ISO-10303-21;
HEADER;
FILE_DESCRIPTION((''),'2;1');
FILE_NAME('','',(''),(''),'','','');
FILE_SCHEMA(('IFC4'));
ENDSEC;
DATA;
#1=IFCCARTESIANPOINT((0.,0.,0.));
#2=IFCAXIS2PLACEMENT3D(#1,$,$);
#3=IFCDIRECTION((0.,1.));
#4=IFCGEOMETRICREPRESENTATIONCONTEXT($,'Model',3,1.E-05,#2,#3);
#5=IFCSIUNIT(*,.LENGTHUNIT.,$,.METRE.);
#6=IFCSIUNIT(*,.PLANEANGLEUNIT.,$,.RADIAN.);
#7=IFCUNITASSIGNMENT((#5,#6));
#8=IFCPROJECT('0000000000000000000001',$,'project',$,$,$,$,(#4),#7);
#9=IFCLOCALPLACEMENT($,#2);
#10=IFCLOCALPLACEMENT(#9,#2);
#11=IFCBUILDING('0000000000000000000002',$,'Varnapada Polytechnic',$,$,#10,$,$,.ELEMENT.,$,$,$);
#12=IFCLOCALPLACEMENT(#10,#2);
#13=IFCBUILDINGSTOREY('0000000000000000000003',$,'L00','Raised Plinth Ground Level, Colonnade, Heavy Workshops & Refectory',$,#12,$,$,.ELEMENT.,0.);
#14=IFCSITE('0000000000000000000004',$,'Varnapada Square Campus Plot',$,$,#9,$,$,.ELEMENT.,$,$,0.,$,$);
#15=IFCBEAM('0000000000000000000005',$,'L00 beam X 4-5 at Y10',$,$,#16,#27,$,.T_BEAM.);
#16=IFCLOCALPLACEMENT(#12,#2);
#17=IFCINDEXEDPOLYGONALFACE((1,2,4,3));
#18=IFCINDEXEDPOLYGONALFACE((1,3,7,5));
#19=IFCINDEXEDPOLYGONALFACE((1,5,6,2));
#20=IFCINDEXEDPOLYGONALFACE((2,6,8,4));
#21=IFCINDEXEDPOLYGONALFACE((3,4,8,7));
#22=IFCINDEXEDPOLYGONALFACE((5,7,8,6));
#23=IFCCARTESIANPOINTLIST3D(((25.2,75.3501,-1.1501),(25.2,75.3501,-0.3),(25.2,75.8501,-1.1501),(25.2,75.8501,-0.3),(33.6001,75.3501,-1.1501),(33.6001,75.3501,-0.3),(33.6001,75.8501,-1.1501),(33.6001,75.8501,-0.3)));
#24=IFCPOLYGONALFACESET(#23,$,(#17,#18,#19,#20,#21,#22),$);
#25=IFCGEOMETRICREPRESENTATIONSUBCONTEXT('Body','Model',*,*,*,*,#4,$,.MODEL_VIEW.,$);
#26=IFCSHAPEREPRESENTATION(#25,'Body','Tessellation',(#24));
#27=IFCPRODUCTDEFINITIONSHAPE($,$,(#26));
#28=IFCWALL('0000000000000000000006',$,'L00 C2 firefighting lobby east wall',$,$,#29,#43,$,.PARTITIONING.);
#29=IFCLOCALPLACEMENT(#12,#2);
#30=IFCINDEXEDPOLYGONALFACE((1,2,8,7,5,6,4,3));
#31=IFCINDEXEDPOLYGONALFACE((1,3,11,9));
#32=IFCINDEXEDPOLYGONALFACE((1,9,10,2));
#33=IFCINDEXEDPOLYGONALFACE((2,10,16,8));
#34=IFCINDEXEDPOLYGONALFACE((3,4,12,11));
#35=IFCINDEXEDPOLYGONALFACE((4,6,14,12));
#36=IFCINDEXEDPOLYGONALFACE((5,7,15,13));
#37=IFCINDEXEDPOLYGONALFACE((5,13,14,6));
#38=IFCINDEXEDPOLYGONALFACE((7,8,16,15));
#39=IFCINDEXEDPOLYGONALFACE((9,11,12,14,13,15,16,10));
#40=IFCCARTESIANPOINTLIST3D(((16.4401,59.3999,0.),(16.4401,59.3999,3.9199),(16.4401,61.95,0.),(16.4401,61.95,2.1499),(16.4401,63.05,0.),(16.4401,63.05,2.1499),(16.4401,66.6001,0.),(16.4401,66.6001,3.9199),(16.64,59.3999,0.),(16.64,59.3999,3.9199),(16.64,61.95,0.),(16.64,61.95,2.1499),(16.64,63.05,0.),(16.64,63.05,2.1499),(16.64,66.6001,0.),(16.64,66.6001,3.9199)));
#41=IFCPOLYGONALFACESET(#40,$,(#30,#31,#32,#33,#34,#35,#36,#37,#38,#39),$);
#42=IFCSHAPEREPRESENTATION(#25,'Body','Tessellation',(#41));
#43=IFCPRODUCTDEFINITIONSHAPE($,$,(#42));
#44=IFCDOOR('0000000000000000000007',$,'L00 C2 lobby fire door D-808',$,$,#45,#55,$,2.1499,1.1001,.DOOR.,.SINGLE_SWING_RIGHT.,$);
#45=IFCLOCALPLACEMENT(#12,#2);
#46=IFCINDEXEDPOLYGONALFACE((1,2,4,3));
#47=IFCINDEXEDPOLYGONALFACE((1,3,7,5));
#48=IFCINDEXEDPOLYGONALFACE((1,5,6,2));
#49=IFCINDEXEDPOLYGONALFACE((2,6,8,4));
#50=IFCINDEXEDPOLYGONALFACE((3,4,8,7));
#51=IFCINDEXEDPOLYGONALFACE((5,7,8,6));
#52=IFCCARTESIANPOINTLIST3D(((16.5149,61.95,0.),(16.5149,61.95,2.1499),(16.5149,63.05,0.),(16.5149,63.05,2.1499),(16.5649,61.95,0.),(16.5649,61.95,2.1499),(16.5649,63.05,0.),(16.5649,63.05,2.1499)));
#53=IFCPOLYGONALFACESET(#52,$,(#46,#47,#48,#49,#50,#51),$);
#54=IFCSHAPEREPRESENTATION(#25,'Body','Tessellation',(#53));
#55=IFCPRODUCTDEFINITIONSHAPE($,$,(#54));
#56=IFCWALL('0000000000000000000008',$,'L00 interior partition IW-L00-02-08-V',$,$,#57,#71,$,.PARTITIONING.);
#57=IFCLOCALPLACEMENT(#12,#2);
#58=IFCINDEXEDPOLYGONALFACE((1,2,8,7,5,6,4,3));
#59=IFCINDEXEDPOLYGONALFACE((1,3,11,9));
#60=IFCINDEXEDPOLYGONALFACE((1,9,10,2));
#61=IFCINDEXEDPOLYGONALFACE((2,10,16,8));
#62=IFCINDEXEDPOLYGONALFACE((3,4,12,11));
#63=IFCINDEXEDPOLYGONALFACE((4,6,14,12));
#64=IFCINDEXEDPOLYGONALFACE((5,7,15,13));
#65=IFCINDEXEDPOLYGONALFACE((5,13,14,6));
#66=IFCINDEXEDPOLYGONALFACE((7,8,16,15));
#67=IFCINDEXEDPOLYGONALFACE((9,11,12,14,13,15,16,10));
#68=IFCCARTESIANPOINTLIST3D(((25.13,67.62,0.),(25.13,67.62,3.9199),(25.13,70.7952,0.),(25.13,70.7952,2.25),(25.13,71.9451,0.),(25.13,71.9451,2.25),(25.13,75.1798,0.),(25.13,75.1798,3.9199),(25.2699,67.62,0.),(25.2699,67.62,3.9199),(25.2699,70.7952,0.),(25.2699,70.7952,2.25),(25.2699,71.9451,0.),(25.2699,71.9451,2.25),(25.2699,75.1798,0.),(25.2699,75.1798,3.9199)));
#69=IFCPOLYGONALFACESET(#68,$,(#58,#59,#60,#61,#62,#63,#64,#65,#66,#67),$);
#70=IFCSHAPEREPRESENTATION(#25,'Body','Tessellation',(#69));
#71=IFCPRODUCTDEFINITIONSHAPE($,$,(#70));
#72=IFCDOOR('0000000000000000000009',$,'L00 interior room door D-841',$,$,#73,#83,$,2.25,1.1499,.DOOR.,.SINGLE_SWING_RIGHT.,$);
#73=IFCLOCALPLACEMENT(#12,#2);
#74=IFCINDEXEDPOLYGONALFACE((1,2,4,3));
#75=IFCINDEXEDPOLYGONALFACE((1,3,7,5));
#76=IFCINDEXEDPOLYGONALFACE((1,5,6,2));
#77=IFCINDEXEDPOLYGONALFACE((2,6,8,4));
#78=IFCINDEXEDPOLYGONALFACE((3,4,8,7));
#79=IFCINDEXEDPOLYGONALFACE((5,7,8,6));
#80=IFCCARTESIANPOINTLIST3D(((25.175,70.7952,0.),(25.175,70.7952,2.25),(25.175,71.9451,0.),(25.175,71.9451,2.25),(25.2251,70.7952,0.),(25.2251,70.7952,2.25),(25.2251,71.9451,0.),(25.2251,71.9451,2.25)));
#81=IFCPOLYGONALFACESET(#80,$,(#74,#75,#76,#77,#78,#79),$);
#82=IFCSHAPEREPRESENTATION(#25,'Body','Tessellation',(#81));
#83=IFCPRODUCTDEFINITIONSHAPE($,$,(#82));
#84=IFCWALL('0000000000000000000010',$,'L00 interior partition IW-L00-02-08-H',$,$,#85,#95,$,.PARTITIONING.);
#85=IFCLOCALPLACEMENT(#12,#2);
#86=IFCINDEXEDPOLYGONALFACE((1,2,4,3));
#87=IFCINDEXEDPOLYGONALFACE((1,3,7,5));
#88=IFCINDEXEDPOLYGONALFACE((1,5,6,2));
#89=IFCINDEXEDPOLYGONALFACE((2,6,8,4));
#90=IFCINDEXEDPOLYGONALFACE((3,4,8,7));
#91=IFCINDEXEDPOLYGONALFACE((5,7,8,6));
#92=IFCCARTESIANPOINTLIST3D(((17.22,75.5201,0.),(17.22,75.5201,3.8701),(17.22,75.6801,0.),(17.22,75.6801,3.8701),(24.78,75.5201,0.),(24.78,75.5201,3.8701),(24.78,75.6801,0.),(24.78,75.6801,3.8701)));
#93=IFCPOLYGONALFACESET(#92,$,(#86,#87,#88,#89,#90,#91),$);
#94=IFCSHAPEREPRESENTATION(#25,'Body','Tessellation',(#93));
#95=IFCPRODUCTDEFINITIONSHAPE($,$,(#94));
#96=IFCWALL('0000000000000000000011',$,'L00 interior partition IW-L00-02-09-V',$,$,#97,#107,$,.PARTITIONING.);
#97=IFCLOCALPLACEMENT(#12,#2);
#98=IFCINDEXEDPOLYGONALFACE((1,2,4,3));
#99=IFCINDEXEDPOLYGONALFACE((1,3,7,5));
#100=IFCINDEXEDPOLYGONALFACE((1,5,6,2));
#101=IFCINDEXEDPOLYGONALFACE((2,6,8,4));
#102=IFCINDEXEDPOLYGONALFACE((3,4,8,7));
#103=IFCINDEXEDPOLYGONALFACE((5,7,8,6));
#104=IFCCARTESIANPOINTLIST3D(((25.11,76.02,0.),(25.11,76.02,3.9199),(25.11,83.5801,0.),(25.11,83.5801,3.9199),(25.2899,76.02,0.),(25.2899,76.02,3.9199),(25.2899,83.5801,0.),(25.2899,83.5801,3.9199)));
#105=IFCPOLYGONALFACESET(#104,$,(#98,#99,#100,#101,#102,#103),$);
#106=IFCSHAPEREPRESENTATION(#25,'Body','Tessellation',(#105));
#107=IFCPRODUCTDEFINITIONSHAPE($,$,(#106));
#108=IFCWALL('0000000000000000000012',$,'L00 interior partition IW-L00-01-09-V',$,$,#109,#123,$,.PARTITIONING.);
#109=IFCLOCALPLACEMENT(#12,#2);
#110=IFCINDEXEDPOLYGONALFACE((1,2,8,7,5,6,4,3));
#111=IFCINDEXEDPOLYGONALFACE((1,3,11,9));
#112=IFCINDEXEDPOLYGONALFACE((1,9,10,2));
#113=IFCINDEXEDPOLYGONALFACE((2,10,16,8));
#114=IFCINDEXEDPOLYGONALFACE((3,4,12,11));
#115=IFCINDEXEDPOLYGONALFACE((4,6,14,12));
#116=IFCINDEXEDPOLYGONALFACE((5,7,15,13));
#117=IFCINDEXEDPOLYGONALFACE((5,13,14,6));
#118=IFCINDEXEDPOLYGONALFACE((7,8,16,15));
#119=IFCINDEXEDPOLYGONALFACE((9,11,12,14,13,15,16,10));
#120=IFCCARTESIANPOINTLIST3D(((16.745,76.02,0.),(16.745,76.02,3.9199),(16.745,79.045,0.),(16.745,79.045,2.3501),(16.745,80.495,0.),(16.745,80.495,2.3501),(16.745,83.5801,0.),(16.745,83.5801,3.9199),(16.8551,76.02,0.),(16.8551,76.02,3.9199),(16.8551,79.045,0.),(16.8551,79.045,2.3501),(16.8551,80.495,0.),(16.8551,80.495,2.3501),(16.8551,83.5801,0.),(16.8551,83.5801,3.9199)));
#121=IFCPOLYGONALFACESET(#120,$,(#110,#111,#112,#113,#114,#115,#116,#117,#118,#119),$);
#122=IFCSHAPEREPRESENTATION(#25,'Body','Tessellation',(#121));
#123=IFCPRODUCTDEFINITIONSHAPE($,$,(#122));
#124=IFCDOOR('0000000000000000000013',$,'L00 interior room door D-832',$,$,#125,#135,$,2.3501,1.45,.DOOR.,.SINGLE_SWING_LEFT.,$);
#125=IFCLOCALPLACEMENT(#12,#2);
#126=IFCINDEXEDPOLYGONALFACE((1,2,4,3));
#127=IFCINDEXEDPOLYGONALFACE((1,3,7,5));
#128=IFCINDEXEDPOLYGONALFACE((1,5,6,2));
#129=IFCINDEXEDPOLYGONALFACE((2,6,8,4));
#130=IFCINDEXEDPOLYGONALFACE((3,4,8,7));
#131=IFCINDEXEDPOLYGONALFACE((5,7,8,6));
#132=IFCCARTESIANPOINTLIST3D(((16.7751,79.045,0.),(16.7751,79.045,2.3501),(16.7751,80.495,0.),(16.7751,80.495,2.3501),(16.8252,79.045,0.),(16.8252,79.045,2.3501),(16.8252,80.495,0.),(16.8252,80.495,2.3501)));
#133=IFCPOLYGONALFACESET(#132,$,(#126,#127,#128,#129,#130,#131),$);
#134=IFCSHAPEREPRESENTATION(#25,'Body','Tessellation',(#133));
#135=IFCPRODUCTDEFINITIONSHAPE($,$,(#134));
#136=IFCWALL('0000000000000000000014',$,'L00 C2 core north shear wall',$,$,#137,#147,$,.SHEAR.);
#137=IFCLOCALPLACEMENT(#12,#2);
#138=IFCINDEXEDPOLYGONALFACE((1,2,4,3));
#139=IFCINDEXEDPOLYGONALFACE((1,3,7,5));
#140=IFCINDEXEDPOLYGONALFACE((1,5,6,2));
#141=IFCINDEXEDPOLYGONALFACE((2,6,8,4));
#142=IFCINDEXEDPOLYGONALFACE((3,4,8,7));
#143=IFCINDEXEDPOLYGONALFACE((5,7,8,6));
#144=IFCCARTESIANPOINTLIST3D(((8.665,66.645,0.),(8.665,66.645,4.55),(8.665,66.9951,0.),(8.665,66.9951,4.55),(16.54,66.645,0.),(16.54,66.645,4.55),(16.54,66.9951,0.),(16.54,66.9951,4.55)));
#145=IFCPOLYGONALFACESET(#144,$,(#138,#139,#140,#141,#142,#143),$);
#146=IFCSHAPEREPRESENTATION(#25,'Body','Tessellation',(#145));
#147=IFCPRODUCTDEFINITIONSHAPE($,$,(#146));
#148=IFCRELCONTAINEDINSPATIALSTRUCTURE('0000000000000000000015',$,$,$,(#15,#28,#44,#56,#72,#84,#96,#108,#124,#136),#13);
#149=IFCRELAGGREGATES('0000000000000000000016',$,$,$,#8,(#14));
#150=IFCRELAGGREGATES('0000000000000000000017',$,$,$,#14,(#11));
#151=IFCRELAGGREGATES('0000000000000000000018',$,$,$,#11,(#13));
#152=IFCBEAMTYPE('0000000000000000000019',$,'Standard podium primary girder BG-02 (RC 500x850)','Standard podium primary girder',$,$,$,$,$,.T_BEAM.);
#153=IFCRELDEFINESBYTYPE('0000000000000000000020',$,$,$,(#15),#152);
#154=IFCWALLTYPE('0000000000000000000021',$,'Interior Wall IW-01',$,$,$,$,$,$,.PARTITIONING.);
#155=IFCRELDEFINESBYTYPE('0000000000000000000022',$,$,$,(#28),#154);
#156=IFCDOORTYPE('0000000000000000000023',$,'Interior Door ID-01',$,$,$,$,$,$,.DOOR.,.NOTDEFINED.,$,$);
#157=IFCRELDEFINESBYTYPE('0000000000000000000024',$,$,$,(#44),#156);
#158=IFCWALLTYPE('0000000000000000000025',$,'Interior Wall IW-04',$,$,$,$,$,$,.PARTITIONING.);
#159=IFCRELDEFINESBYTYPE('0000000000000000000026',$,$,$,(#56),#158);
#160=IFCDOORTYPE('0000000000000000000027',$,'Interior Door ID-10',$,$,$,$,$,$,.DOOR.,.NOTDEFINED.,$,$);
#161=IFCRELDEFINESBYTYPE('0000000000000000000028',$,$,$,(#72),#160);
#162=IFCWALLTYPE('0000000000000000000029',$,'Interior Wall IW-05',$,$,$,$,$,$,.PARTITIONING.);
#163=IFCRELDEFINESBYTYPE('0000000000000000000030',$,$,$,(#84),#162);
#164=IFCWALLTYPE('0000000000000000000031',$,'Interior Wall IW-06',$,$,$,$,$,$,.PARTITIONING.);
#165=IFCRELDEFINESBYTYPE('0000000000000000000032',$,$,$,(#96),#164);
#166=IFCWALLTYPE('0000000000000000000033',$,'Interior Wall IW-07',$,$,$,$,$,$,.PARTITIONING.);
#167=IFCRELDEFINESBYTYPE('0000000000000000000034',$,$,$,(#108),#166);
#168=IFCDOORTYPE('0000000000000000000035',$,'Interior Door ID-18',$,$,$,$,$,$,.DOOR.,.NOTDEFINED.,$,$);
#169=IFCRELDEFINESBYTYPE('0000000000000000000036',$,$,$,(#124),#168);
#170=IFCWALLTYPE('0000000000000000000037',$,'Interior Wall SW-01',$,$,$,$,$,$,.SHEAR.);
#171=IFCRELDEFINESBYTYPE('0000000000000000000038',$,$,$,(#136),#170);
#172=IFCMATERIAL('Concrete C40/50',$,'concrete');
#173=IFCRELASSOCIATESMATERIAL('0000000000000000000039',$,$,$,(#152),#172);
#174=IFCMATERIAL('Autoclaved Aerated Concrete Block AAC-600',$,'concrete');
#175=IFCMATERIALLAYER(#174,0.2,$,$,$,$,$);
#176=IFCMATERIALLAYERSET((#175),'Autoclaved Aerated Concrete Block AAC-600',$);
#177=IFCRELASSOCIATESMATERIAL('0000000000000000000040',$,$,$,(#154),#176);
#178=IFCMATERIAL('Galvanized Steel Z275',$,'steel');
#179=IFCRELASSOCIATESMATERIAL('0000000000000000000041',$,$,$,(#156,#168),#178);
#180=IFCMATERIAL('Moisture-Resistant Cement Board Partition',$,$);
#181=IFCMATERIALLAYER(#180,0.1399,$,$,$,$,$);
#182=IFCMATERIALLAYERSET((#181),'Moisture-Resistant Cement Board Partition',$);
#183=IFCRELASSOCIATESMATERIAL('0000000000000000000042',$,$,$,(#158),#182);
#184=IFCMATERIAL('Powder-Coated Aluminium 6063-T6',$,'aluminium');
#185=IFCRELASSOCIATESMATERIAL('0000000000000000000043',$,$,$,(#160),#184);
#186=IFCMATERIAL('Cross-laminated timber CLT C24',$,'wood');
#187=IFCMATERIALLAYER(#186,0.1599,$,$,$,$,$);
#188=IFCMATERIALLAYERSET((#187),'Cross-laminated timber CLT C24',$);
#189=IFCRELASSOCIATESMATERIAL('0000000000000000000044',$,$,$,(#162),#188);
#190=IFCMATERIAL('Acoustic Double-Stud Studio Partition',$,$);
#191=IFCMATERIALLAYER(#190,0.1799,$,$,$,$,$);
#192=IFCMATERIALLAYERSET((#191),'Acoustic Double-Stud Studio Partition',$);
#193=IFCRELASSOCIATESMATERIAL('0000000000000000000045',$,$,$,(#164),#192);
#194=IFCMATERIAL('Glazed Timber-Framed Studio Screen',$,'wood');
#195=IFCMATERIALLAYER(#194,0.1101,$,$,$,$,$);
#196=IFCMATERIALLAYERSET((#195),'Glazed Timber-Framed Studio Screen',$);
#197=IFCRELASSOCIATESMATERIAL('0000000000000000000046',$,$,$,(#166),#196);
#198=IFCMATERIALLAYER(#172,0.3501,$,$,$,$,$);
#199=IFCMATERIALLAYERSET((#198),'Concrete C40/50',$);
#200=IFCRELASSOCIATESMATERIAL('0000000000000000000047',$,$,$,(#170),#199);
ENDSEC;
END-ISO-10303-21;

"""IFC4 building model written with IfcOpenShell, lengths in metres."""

from ifc_helpers import new_model, si_unit, direction, frame, frame_2d, origin, origin_2d, place, context, subcontext, project, spatial, rectangle, extrude, material, layer, layer_set, material_profile, profile_set, type_object, element, fill, save


model = new_model("IFC4")

# Units and contexts
model_context = context("Model", 3, precision=1e-05, world=origin(), true_north=direction((0.0, 1.0)))
body_context = subcontext(model_context, "Body", "Model", "MODEL_VIEW")
ifc_project = project(units=[si_unit("LENGTHUNIT", "METRE"), si_unit("PLANEANGLEUNIT", "RADIAN")], contexts=[model_context])

# Site, building, storey
site_placement = place(None, origin())
site = spatial("IfcSite", under=ifc_project, at=site_placement, Name="Varnapada Square Campus Plot", CompositionType="ELEMENT", RefElevation=0.0)
building_placement = place(site_placement, origin())
building = spatial("IfcBuilding", under=site, at=building_placement, Name="Varnapada Polytechnic", CompositionType="ELEMENT")
storey_placement = place(building_placement, origin())
storey = spatial("IfcBuildingStorey", under=building, at=storey_placement, Name="L00", Description="Raised Plinth Ground Level, Colonnade, Heavy Workshops & Refectory", CompositionType="ELEMENT", Elevation=0.0)

# Shared definitions
ifc_material_1 = material(Name="Concrete C40/50", Category="concrete")

# Beam
ifc_material_profile_1 = material_profile(ifc_material_1, rectangle(XDim=0.5, YDim=0.8501, at=origin_2d()), Name="RC 500x850")
ifc_profile_set_1 = profile_set([ifc_material_profile_1], Name="Concrete C40/50")
beam_type_1 = type_object("IfcBeamType", Name="Standard podium primary girder BG-02 (RC 500x850)", Description="Standard podium primary girder", PredefinedType="T_BEAM", material=ifc_profile_set_1)
for number, where, z_axis, x_axis, name in (
    (1, (25.2, 75.6001, -0.7251), (1.0, 0.0, 0.0), (0.0, 1.0, 0.0), "L00 beam X 4-5 at Y10"),
):
    element("IfcBeam", number, at=place(storey_placement, frame(where, z_axis=z_axis, x_axis=x_axis)), inside=storey, type_object=beam_type_1, Name=name, PredefinedType="T_BEAM", context=body_context, shape_type="SweptSolid", body=[
        extrude(rectangle(XDim=0.5, YDim=0.8501, at=origin_2d()), origin(), (0.0, 0.0, 1.0), 8.4001),
    ])

# Walls, openings, doors
ifc_material_2 = material(Name="Autoclaved Aerated Concrete Block AAC-600", Category="concrete")
ifc_layer_1 = layer(ifc_material_2, 0.2)
ifc_layer_set_1 = layer_set([ifc_layer_1], Name="Autoclaved Aerated Concrete Block AAC-600")
wall_type_1 = type_object("IfcWallType", Name="Interior Wall IW-01", PredefinedType="PARTITIONING", material=ifc_layer_set_1)
wall_1_placement = place(storey_placement, frame((16.54, 66.6001, 0.0), z_axis=(0.0, 0.0, 1.0), x_axis=(0.0, -1.0, 0.0)))
wall_1 = element("IfcWall", 2, at=wall_1_placement, inside=storey, type_object=wall_type_1, Name="L00 C2 firefighting lobby east wall", PredefinedType="PARTITIONING", context=body_context, shape_type="SweptSolid", body=[
    extrude(rectangle(XDim=7.2002, YDim=0.2, at=frame_2d((3.6001, 0.0))), origin(), (0.0, 0.0, 1.0), 3.9199),
])
opening_1_placement = place(wall_1_placement, frame((3.55, 0.0, 0.0)))
opening_1 = element("IfcOpeningElement", 3, at=opening_1_placement, cuts=wall_1, PredefinedType="OPENING", context=body_context, shape_type="SweptSolid", body=[
    extrude(rectangle(XDim=1.1001, YDim=2.1499, at=frame_2d((0.55, 1.075))), frame((0.0, 0.1099, 0.0), z_axis=(0.0, -1.0, 0.0), x_axis=(1.0, 0.0, 0.0)), (0.0, 0.0, 1.0), 0.22),
])
ifc_material_3 = material(Name="Galvanized Steel Z275", Category="steel")
door_type_1 = type_object("IfcDoorType", Name="Interior Door ID-01", OperationType="NOTDEFINED", PredefinedType="DOOR", material=ifc_material_3)
door_1_placement = place(opening_1_placement, origin())
door_1 = element("IfcDoor", 4, at=door_1_placement, inside=storey, type_object=door_type_1, Name="L00 C2 lobby fire door D-808", OperationType="SINGLE_SWING_RIGHT", OverallHeight=2.1499, OverallWidth=1.1001, PredefinedType="DOOR", context=body_context, shape_type="SweptSolid", body=[
    extrude(rectangle(XDim=1.1001, YDim=2.1499, at=frame_2d((0.55, 1.075))), frame((0.0, 0.0249, 0.0), z_axis=(0.0, -1.0, 0.0), x_axis=(1.0, 0.0, 0.0)), (0.0, 0.0, 1.0), 0.05),
])
fill(opening_1, door_1)
ifc_material_4 = material(Name="Moisture-Resistant Cement Board Partition")
ifc_layer_2 = layer(ifc_material_4, 0.1399)
ifc_layer_set_2 = layer_set([ifc_layer_2], Name="Moisture-Resistant Cement Board Partition")
wall_type_2 = type_object("IfcWallType", Name="Interior Wall IW-04", PredefinedType="PARTITIONING", material=ifc_layer_set_2)
wall_2_placement = place(storey_placement, frame((25.2, 67.6201, 0.0), z_axis=(0.0, 0.0, 1.0), x_axis=(0.0, 1.0, 0.0)))
wall_2 = element("IfcWall", 5, at=wall_2_placement, inside=storey, type_object=wall_type_2, Name="L00 interior partition IW-L00-02-08-V", PredefinedType="PARTITIONING", context=body_context, shape_type="SweptSolid", body=[
    extrude(rectangle(XDim=7.5598, YDim=0.1399, at=frame_2d((3.7798, 0.0))), origin(), (0.0, 0.0, 1.0), 3.9199),
])
opening_2_placement = place(wall_2_placement, frame((3.175, 0.0, 0.0)))
opening_2 = element("IfcOpeningElement", 6, at=opening_2_placement, cuts=wall_2, PredefinedType="OPENING", context=body_context, shape_type="SweptSolid", body=[
    extrude(rectangle(XDim=1.1499, YDim=2.25, at=frame_2d((0.575, 1.125))), frame((0.0, 0.0798, 0.0), z_axis=(0.0, -1.0, 0.0), x_axis=(1.0, 0.0, 0.0)), (0.0, 0.0, 1.0), 0.1599),
])
ifc_material_5 = material(Name="Powder-Coated Aluminium 6063-T6", Category="aluminium")
door_type_2 = type_object("IfcDoorType", Name="Interior Door ID-10", OperationType="NOTDEFINED", PredefinedType="DOOR", material=ifc_material_5)
door_2_placement = place(opening_2_placement, origin())
door_2 = element("IfcDoor", 7, at=door_2_placement, inside=storey, type_object=door_type_2, Name="L00 interior room door D-841", OperationType="SINGLE_SWING_RIGHT", OverallHeight=2.25, OverallWidth=1.1499, PredefinedType="DOOR", context=body_context, shape_type="SweptSolid", body=[
    extrude(rectangle(XDim=1.1499, YDim=2.25, at=frame_2d((0.575, 1.125))), frame((0.0, 0.0249, 0.0), z_axis=(0.0, -1.0, 0.0), x_axis=(1.0, 0.0, 0.0)), (0.0, 0.0, 1.0), 0.05),
])
fill(opening_2, door_2)

# Walls
ifc_material_6 = material(Name="Cross-laminated timber CLT C24", Category="wood")
ifc_layer_3 = layer(ifc_material_6, 0.1599)
ifc_layer_set_3 = layer_set([ifc_layer_3], Name="Cross-laminated timber CLT C24")
wall_type_3 = type_object("IfcWallType", Name="Interior Wall IW-05", PredefinedType="PARTITIONING", material=ifc_layer_set_3)
wall_3_placement = place(storey_placement, frame((17.22, 75.6001, 0.0), z_axis=(0.0, 0.0, 1.0), x_axis=(1.0, 0.0, 0.0)))
element("IfcWall", 8, at=wall_3_placement, inside=storey, type_object=wall_type_3, Name="L00 interior partition IW-L00-02-08-H", PredefinedType="PARTITIONING", context=body_context, shape_type="SweptSolid", body=[
    extrude(rectangle(XDim=7.5601, YDim=0.1599, at=frame_2d((3.78, 0.0))), origin(), (0.0, 0.0, 1.0), 3.8701),
])
ifc_material_7 = material(Name="Acoustic Double-Stud Studio Partition")
ifc_layer_4 = layer(ifc_material_7, 0.1799)
ifc_layer_set_4 = layer_set([ifc_layer_4], Name="Acoustic Double-Stud Studio Partition")
wall_type_4 = type_object("IfcWallType", Name="Interior Wall IW-06", PredefinedType="PARTITIONING", material=ifc_layer_set_4)
wall_4_placement = place(storey_placement, frame((25.2, 76.02, 0.0), z_axis=(0.0, 0.0, 1.0), x_axis=(0.0, 1.0, 0.0)))
element("IfcWall", 9, at=wall_4_placement, inside=storey, type_object=wall_type_4, Name="L00 interior partition IW-L00-02-09-V", PredefinedType="PARTITIONING", context=body_context, shape_type="SweptSolid", body=[
    extrude(rectangle(XDim=7.5601, YDim=0.1799, at=frame_2d((3.78, 0.0))), origin(), (0.0, 0.0, 1.0), 3.9199),
])

# Wall, opening, door
ifc_material_8 = material(Name="Glazed Timber-Framed Studio Screen", Category="wood")
ifc_layer_5 = layer(ifc_material_8, 0.1101)
ifc_layer_set_5 = layer_set([ifc_layer_5], Name="Glazed Timber-Framed Studio Screen")
wall_type_5 = type_object("IfcWallType", Name="Interior Wall IW-07", PredefinedType="PARTITIONING", material=ifc_layer_set_5)
wall_5_placement = place(storey_placement, frame((16.8, 76.02, 0.0), z_axis=(0.0, 0.0, 1.0), x_axis=(0.0, 1.0, 0.0)))
wall_5 = element("IfcWall", 10, at=wall_5_placement, inside=storey, type_object=wall_type_5, Name="L00 interior partition IW-L00-01-09-V", PredefinedType="PARTITIONING", context=body_context, shape_type="SweptSolid", body=[
    extrude(rectangle(XDim=7.5601, YDim=0.1101, at=frame_2d((3.78, 0.0))), origin(), (0.0, 0.0, 1.0), 3.9199),
])
opening_3_placement = place(wall_5_placement, frame((3.0249, 0.0, 0.0)))
opening_3 = element("IfcOpeningElement", 11, at=opening_3_placement, cuts=wall_5, PredefinedType="OPENING", context=body_context, shape_type="SweptSolid", body=[
    extrude(rectangle(XDim=1.45, YDim=2.3501, at=frame_2d((0.7251, 1.175))), frame((0.0, 0.0649, 0.0), z_axis=(0.0, -1.0, 0.0), x_axis=(1.0, 0.0, 0.0)), (0.0, 0.0, 1.0), 0.1301),
])
door_type_3 = type_object("IfcDoorType", Name="Interior Door ID-18", OperationType="NOTDEFINED", PredefinedType="DOOR", material=ifc_material_3)
door_3_placement = place(opening_3_placement, origin())
door_3 = element("IfcDoor", 12, at=door_3_placement, inside=storey, type_object=door_type_3, Name="L00 interior room door D-832", OperationType="SINGLE_SWING_LEFT", OverallHeight=2.3501, OverallWidth=1.45, PredefinedType="DOOR", context=body_context, shape_type="SweptSolid", body=[
    extrude(rectangle(XDim=1.45, YDim=2.3501, at=frame_2d((0.7251, 1.175))), frame((0.0, 0.0249, 0.0), z_axis=(0.0, -1.0, 0.0), x_axis=(1.0, 0.0, 0.0)), (0.0, 0.0, 1.0), 0.05),
])
fill(opening_3, door_3)

# Wall
ifc_layer_6 = layer(ifc_material_1, 0.3501)
ifc_layer_set_6 = layer_set([ifc_layer_6], Name="Concrete C40/50")
wall_type_6 = type_object("IfcWallType", Name="Interior Wall SW-01", PredefinedType="SHEAR", material=ifc_layer_set_6)
wall_6_placement = place(storey_placement, frame((8.665, 66.8201, 0.0), z_axis=(0.0, 0.0, 1.0), x_axis=(1.0, 0.0, 0.0)))
element("IfcWall", 13, at=wall_6_placement, inside=storey, type_object=wall_type_6, Name="L00 C2 core north shear wall", PredefinedType="SHEAR", context=body_context, shape_type="SweptSolid", body=[
    extrude(rectangle(XDim=7.875, YDim=0.3501, at=frame_2d((3.9375, 0.0))), origin(), (0.0, 0.0, 1.0), 4.55),
])

save(model, "model.ifc")
